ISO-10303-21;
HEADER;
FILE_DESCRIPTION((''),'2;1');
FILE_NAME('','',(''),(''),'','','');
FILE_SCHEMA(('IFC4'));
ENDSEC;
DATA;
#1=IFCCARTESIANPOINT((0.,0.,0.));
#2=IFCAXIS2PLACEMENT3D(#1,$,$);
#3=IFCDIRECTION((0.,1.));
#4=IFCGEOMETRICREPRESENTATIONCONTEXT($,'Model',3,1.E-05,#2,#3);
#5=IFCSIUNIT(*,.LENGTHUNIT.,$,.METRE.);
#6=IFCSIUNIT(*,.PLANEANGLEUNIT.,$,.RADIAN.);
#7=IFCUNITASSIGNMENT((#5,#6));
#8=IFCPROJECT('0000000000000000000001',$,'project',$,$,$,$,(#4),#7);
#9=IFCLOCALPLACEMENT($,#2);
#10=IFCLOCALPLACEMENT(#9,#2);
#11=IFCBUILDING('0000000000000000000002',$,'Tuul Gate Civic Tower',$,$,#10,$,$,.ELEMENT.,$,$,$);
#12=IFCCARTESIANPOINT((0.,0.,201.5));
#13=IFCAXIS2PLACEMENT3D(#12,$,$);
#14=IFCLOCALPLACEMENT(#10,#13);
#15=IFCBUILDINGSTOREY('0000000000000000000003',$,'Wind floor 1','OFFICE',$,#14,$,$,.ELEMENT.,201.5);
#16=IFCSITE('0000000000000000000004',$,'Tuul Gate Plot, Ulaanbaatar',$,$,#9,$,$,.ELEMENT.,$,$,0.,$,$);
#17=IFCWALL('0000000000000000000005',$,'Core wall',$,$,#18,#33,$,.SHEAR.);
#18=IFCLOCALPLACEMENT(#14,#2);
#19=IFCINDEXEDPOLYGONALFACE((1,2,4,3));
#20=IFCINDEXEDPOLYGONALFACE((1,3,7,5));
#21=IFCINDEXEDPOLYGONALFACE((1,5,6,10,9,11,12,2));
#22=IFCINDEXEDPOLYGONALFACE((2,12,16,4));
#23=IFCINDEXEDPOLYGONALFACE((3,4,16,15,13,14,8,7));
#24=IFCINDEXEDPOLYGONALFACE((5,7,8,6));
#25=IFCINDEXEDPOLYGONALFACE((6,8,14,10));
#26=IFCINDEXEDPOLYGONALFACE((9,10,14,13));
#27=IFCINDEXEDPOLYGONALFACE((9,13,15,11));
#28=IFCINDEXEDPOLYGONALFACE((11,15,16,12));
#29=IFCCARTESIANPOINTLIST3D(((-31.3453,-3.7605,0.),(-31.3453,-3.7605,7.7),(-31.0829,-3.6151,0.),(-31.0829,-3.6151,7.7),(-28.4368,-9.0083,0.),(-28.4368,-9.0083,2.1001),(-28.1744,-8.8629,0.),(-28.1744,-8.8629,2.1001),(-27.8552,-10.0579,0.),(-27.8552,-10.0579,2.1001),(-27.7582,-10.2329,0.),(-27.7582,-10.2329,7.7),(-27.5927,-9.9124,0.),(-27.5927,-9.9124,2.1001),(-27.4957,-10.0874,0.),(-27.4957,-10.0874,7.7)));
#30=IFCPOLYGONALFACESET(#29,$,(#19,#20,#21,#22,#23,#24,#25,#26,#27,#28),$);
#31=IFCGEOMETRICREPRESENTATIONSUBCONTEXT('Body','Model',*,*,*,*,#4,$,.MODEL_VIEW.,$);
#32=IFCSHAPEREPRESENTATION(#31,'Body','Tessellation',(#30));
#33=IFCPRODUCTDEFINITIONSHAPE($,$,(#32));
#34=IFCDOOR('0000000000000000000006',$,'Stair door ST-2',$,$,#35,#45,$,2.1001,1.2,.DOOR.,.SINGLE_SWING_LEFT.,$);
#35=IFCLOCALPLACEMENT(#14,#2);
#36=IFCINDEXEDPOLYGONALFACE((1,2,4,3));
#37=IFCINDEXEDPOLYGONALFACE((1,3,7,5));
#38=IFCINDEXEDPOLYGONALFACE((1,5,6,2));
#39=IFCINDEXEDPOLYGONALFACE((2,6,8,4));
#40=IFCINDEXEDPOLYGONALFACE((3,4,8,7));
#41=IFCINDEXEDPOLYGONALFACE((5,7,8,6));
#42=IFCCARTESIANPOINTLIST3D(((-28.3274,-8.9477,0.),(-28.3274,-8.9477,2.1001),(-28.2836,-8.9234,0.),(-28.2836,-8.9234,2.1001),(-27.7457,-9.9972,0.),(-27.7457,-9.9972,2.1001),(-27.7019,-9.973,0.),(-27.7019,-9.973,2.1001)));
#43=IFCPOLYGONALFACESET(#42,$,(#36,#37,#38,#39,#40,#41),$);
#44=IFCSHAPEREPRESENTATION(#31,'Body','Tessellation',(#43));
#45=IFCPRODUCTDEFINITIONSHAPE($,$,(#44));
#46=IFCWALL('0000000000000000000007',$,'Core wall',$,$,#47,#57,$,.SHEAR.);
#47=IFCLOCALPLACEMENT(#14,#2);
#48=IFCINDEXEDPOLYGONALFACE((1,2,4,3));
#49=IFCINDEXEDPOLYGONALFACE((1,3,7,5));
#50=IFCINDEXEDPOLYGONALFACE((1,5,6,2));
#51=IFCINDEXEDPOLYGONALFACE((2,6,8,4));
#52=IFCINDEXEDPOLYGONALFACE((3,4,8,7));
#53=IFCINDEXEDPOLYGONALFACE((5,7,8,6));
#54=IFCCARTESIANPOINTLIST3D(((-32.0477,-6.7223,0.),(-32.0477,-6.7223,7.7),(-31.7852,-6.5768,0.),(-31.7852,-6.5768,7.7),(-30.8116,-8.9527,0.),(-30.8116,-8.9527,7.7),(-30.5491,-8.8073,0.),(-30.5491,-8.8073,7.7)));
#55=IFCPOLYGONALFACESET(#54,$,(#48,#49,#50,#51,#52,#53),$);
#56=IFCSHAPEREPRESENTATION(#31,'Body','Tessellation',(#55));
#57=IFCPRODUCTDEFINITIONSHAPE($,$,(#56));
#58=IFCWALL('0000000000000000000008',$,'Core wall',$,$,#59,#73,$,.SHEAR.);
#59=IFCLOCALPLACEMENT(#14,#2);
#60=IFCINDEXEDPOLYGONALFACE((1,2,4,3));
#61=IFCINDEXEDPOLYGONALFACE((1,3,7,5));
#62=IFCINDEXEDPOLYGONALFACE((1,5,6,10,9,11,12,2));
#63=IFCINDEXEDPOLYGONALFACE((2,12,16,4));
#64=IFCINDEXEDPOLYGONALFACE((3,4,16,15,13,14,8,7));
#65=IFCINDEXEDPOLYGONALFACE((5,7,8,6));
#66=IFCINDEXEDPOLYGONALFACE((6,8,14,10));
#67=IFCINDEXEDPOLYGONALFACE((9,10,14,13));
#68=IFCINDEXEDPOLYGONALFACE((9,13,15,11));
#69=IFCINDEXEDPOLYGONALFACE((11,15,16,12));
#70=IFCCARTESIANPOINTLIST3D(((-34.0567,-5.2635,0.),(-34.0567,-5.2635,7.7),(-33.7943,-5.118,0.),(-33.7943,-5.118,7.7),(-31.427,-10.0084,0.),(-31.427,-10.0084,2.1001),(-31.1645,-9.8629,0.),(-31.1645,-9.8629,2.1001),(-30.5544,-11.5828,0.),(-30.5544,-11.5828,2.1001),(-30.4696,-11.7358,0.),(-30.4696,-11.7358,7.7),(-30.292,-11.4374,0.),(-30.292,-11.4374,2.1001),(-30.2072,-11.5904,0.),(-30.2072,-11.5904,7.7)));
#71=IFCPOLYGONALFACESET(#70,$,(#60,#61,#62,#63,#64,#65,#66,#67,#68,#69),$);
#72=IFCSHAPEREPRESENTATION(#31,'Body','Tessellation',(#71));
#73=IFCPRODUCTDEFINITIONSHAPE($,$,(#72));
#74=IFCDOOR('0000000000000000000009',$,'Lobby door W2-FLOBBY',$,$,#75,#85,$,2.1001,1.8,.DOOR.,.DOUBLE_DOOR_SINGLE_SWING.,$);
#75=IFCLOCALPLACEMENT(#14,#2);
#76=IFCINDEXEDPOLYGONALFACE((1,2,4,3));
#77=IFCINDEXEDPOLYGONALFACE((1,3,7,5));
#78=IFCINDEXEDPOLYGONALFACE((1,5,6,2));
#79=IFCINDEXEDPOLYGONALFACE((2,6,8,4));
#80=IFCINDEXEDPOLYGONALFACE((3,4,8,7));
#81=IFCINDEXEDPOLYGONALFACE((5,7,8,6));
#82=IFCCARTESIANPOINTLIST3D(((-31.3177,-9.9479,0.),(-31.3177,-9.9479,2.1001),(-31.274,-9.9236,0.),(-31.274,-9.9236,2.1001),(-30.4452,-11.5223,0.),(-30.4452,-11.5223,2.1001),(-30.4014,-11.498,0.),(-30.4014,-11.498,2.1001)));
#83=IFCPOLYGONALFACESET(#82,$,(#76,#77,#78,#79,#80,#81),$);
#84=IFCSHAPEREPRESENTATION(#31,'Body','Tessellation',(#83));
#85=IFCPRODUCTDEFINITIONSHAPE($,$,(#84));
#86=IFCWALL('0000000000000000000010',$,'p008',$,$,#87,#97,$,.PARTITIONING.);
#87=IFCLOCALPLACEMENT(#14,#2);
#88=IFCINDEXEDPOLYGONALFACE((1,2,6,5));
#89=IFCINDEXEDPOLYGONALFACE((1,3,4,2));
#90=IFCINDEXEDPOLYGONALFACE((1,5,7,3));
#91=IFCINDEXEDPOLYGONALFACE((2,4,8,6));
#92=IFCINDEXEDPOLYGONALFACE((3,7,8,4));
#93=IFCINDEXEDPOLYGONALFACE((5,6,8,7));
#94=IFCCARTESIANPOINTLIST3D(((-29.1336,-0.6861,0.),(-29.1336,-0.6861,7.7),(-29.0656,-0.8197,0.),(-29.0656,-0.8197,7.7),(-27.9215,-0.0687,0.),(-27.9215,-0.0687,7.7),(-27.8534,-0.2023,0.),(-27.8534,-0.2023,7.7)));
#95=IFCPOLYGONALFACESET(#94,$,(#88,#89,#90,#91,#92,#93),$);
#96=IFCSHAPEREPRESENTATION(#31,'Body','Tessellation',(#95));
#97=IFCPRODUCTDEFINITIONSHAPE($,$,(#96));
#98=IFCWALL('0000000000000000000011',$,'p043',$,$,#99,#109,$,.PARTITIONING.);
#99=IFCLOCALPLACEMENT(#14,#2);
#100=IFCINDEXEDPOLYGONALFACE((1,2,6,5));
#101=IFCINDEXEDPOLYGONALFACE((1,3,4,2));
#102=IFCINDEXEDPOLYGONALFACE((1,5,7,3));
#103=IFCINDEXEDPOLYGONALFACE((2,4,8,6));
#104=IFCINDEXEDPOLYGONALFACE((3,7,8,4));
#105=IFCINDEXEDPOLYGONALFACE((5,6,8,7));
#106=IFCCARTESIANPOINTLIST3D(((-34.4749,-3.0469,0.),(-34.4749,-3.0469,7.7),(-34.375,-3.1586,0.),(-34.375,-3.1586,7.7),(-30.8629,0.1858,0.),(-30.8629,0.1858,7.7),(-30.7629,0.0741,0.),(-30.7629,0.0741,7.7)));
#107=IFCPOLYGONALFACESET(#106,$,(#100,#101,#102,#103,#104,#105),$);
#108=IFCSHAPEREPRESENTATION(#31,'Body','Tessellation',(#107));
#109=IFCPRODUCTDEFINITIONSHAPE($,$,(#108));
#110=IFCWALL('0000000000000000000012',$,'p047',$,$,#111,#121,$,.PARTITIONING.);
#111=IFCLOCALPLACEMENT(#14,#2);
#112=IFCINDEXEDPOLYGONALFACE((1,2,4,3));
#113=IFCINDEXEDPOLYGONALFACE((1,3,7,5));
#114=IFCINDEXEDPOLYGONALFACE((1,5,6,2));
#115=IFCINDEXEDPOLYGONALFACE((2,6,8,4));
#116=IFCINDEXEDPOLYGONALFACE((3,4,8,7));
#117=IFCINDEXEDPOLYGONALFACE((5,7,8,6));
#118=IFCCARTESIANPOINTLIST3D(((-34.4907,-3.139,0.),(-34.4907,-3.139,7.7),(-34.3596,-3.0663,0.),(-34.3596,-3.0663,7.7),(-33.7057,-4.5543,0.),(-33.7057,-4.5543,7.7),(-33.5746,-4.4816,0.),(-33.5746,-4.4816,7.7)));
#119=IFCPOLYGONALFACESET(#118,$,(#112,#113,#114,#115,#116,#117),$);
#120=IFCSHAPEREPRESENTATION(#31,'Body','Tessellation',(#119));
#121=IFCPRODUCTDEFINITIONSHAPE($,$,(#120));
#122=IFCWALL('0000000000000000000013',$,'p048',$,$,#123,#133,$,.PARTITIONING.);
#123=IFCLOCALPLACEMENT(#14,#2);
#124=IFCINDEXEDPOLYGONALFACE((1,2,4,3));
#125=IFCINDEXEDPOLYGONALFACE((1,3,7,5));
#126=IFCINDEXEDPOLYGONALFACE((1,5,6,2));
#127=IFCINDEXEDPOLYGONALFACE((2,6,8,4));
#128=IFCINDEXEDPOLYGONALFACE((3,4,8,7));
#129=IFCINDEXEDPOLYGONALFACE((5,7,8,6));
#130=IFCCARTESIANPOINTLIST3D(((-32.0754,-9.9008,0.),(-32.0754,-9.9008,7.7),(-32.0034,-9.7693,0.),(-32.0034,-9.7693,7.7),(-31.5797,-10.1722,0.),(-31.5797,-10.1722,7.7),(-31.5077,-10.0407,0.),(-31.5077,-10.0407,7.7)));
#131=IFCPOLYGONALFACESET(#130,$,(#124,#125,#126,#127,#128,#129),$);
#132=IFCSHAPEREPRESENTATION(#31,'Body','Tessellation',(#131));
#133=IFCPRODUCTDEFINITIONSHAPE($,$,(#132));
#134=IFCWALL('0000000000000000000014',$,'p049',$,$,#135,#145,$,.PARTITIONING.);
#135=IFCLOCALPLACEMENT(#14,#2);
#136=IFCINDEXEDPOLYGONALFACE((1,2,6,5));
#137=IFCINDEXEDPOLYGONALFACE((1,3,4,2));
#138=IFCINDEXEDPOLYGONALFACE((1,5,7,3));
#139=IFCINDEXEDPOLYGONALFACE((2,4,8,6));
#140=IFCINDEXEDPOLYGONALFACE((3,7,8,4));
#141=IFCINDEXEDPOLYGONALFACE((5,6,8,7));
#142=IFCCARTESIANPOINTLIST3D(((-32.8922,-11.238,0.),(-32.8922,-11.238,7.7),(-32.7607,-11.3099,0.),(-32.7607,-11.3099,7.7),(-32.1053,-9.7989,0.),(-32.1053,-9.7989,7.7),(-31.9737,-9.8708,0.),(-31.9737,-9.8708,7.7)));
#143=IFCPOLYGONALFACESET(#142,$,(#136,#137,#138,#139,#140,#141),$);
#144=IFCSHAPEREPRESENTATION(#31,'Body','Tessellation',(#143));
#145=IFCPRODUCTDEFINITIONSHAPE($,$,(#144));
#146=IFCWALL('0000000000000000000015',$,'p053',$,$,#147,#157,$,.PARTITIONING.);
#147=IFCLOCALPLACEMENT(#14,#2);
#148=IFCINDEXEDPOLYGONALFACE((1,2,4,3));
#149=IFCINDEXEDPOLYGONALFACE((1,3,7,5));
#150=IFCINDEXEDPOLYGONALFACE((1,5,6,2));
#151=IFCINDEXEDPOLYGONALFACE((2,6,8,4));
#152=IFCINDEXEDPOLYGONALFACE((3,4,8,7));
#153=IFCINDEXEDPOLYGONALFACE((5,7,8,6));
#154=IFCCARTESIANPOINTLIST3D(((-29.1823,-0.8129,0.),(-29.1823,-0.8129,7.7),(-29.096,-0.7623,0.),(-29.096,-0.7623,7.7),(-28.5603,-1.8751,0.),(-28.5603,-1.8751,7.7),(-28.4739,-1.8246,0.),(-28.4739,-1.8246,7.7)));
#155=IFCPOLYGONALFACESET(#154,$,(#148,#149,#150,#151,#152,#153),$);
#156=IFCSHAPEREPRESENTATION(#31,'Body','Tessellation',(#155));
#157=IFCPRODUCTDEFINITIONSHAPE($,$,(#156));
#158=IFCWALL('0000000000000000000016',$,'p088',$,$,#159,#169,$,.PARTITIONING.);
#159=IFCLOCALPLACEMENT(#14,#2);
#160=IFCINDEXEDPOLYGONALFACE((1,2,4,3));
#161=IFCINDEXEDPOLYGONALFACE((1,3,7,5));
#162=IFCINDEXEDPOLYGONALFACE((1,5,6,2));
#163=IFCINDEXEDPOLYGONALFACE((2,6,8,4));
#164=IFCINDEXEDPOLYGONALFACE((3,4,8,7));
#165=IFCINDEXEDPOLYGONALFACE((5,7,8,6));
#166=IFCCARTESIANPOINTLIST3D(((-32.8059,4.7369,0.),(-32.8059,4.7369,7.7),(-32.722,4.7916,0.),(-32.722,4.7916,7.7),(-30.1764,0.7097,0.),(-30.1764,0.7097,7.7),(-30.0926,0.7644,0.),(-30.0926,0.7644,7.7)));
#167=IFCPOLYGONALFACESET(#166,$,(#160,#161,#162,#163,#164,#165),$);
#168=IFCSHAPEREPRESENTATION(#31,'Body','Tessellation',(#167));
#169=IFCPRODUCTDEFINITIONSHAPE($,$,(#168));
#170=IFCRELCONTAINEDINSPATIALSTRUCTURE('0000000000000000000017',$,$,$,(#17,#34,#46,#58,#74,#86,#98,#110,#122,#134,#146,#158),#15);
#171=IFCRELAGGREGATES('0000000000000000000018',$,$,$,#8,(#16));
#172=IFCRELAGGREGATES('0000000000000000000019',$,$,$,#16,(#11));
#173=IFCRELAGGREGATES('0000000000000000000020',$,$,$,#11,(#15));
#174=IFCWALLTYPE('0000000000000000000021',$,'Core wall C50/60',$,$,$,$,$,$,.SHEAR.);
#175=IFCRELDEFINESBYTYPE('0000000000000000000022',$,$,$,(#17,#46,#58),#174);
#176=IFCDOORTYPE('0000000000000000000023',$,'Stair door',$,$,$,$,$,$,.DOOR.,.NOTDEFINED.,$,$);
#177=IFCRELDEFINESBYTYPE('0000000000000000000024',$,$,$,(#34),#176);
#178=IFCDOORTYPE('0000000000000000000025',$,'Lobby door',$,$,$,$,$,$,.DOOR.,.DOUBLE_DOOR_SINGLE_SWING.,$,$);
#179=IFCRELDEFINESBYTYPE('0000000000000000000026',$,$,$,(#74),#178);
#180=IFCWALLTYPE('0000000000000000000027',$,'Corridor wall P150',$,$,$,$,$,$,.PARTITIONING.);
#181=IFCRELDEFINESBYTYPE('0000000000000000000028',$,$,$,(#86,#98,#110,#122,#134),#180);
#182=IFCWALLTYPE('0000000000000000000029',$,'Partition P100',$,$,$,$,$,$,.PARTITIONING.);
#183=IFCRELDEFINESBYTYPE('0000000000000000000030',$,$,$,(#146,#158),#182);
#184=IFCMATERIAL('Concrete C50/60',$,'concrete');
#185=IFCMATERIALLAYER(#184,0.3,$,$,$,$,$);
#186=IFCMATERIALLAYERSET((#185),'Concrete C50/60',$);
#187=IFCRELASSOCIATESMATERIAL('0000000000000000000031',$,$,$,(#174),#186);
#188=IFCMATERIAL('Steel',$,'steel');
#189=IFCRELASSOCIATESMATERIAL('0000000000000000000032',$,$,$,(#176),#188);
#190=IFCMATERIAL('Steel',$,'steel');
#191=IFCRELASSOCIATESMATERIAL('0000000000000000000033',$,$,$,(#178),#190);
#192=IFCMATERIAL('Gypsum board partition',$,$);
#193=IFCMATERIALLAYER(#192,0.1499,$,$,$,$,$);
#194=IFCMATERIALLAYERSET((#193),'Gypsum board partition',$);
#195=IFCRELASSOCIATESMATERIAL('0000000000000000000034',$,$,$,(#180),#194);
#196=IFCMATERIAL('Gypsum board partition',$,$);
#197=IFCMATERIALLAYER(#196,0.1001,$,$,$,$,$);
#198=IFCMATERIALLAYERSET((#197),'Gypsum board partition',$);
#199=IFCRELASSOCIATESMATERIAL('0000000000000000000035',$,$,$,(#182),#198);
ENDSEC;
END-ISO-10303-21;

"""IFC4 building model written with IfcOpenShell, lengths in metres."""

from ifc_helpers import new_model, si_unit, direction, frame, frame_2d, origin, place, context, subcontext, project, spatial, rectangle, extrude, material, layer, layer_set, type_object, element, fill, save


model = new_model("IFC4")

# Units and contexts
model_context = context("Model", 3, precision=1e-05, world=origin(), true_north=direction((0.0, 1.0)))
body_context = subcontext(model_context, "Body", "Model", "MODEL_VIEW")
ifc_project = project(units=[si_unit("LENGTHUNIT", "METRE"), si_unit("PLANEANGLEUNIT", "RADIAN")], contexts=[model_context])

# Site, building, storey
site_placement = place(None, origin())
site = spatial("IfcSite", under=ifc_project, at=site_placement, Name="Tuul Gate Plot, Ulaanbaatar", CompositionType="ELEMENT", RefElevation=0.0)
building_placement = place(site_placement, origin())
building = spatial("IfcBuilding", under=site, at=building_placement, Name="Tuul Gate Civic Tower", CompositionType="ELEMENT")
storey_placement = place(building_placement, frame((0.0, 0.0, 201.5)))
storey = spatial("IfcBuildingStorey", under=building, at=storey_placement, Name="Wind floor 1", Description="OFFICE", CompositionType="ELEMENT", Elevation=201.5)

# Shared definitions
ifc_material_1 = material(Name="Concrete C50/60", Category="concrete")
ifc_layer_1 = layer(ifc_material_1, 0.3)
ifc_layer_set_1 = layer_set([ifc_layer_1], Name="Concrete C50/60")
wall_type_1 = type_object("IfcWallType", Name="Core wall C50/60", PredefinedType="SHEAR", material=ifc_layer_set_1)

# Wall, opening, door
wall_1_placement = place(storey_placement, frame((-27.627, -10.1602, 0.0), z_axis=(0.0, 0.0, 1.0), x_axis=(-0.484752, 0.874652, 0.0)))
wall_1 = element("IfcWall", 1, at=wall_1_placement, inside=storey, type_object=wall_type_1, Name="Core wall", PredefinedType="SHEAR", context=body_context, shape_type="SweptSolid", body=[
    extrude(rectangle(XDim=7.3999, YDim=0.3, at=frame_2d((3.7, 0.0))), origin(), (0.0, 0.0, 1.0), 7.7),
])
opening_1_placement = place(wall_1_placement, frame((0.2, 0.0, 0.0)))
opening_1 = element("IfcOpeningElement", 2, at=opening_1_placement, cuts=wall_1, PredefinedType="OPENING", context=body_context, shape_type="SweptSolid", body=[
    extrude(rectangle(XDim=1.2, YDim=2.1001, at=frame_2d((0.6001, 1.05))), frame((0.0, 0.1602, 0.0), z_axis=(0.0, -1.0, 0.0), x_axis=(1.0, 0.0, 0.0)), (0.0, 0.0, 1.0), 0.3201),
])
ifc_material_2 = material(Name="Steel", Category="steel")
door_type_1 = type_object("IfcDoorType", Name="Stair door", OperationType="NOTDEFINED", PredefinedType="DOOR", material=ifc_material_2)
door_1_placement = place(opening_1_placement, origin())
door_1 = element("IfcDoor", 3, at=door_1_placement, inside=storey, type_object=door_type_1, Name="Stair door ST-2", OperationType="SINGLE_SWING_LEFT", OverallHeight=2.1001, OverallWidth=1.2, PredefinedType="DOOR", context=body_context, shape_type="SweptSolid", body=[
    extrude(rectangle(XDim=1.2, YDim=2.1001, at=frame_2d((0.6001, 1.05))), frame((0.0, 0.0249, 0.0), z_axis=(0.0, -1.0, 0.0), x_axis=(1.0, 0.0, 0.0)), (0.0, 0.0, 1.0), 0.05),
])
fill(opening_1, door_1)

# Wall
wall_2_placement = place(storey_placement, frame((-30.6804, -8.8799, 0.0), z_axis=(0.0, 0.0, 1.0), x_axis=(-0.484724, 0.874667, 0.0)))
element("IfcWall", 4, at=wall_2_placement, inside=storey, type_object=wall_type_1, Name="Core wall", PredefinedType="SHEAR", context=body_context, shape_type="SweptSolid", body=[
    extrude(rectangle(XDim=2.55, YDim=0.3, at=frame_2d((1.2749, 0.0))), origin(), (0.0, 0.0, 1.0), 7.7),
])

# Wall, opening, door
wall_3_placement = place(storey_placement, frame((-30.3384, -11.6631, 0.0), z_axis=(0.0, 0.0, 1.0), x_axis=(-0.484752, 0.874652, 0.0)))
wall_3 = element("IfcWall", 5, at=wall_3_placement, inside=storey, type_object=wall_type_1, Name="Core wall", PredefinedType="SHEAR", context=body_context, shape_type="SweptSolid", body=[
    extrude(rectangle(XDim=7.3999, YDim=0.3, at=frame_2d((3.7, 0.0))), origin(), (0.0, 0.0, 1.0), 7.7),
])
opening_2_placement = place(wall_3_placement, frame((0.175, 0.0, 0.0)))
opening_2 = element("IfcOpeningElement", 6, at=opening_2_placement, cuts=wall_3, PredefinedType="OPENING", context=body_context, shape_type="SweptSolid", body=[
    extrude(rectangle(XDim=1.8, YDim=2.1001, at=frame_2d((0.8999, 1.05))), frame((0.0, 0.1602, 0.0), z_axis=(0.0, -1.0, 0.0), x_axis=(1.0, 0.0, 0.0)), (0.0, 0.0, 1.0), 0.3201),
])
ifc_material_3 = material(Name="Steel", Category="steel")
door_type_2 = type_object("IfcDoorType", Name="Lobby door", OperationType="DOUBLE_DOOR_SINGLE_SWING", PredefinedType="DOOR", material=ifc_material_3)
door_2_placement = place(opening_2_placement, frame((1.8, 0.0, 0.0), z_axis=(0.0, 0.0, 1.0), x_axis=(-1.0, 0.0, 0.0)))
door_2 = element("IfcDoor", 7, at=door_2_placement, inside=storey, type_object=door_type_2, Name="Lobby door W2-FLOBBY", OperationType="DOUBLE_DOOR_SINGLE_SWING", OverallHeight=2.1001, OverallWidth=1.8, PredefinedType="DOOR", context=body_context, shape_type="SweptSolid", body=[
    extrude(rectangle(XDim=1.8, YDim=2.1001, at=frame_2d((0.9001, 1.05))), frame((0.0, 0.0249, 0.0), z_axis=(0.0, -1.0, 0.0), x_axis=(1.0, 0.0, 0.0)), (0.0, 0.0, 1.0), 0.05),
])
fill(opening_2, door_2)

# Walls
ifc_material_4 = material(Name="Gypsum board partition")
ifc_layer_2 = layer(ifc_material_4, 0.1499)
ifc_layer_set_2 = layer_set([ifc_layer_2], Name="Gypsum board partition")
wall_type_2 = type_object("IfcWallType", Name="Corridor wall P150", PredefinedType="PARTITIONING", material=ifc_layer_set_2)
wall_4_placement = place(storey_placement, frame((-29.0996, -0.7529, 0.0), z_axis=(0.0, 0.0, 1.0), x_axis=(0.891064, 0.453877, 0.0)))
element("IfcWall", 8, at=wall_4_placement, inside=storey, type_object=wall_type_2, Name="p008", PredefinedType="PARTITIONING", context=body_context, shape_type="SweptSolid", body=[
    extrude(rectangle(XDim=1.3604, YDim=0.1499, at=frame_2d((0.6802, 0.0))), origin(), (0.0, 0.0, 1.0), 7.7),
])
wall_5_placement = place(storey_placement, frame((-34.425, -3.1028, 0.0), z_axis=(0.0, 0.0, 1.0), x_axis=(0.745157, 0.666889, 0.0)))
element("IfcWall", 9, at=wall_5_placement, inside=storey, type_object=wall_type_2, Name="p043", PredefinedType="PARTITIONING", context=body_context, shape_type="SweptSolid", body=[
    extrude(rectangle(XDim=4.8474, YDim=0.1499, at=frame_2d((2.4238, 0.0))), origin(), (0.0, 0.0, 1.0), 7.7),
])
wall_6_placement = place(storey_placement, frame((-34.425, -3.1028, 0.0), z_axis=(0.0, 0.0, 1.0), x_axis=(0.485002, -0.874513, 0.0)))
element("IfcWall", 10, at=wall_6_placement, inside=storey, type_object=wall_type_2, Name="p047", PredefinedType="PARTITIONING", context=body_context, shape_type="SweptSolid", body=[
    extrude(rectangle(XDim=1.6184, YDim=0.1499, at=frame_2d((0.8091, 0.0))), origin(), (0.0, 0.0, 1.0), 7.7),
])
wall_7_placement = place(storey_placement, frame((-32.0396, -9.835, 0.0), z_axis=(0.0, 0.0, 1.0), x_axis=(0.877135, -0.480243, 0.0)))
element("IfcWall", 11, at=wall_7_placement, inside=storey, type_object=wall_type_2, Name="p048", PredefinedType="PARTITIONING", context=body_context, shape_type="SweptSolid", body=[
    extrude(rectangle(XDim=0.5652, YDim=0.1499, at=frame_2d((0.2827, 0.0))), origin(), (0.0, 0.0, 1.0), 7.7),
])
wall_8_placement = place(storey_placement, frame((-32.8264, -11.2739, 0.0), z_axis=(0.0, 0.0, 1.0), x_axis=(0.47978, 0.877389, 0.0)))
element("IfcWall", 12, at=wall_8_placement, inside=storey, type_object=wall_type_2, Name="p049", PredefinedType="PARTITIONING", context=body_context, shape_type="SweptSolid", body=[
    extrude(rectangle(XDim=1.6401, YDim=0.1499, at=frame_2d((0.8201, 0.0))), origin(), (0.0, 0.0, 1.0), 7.7),
])
ifc_material_5 = material(Name="Gypsum board partition")
ifc_layer_3 = layer(ifc_material_5, 0.1001)
ifc_layer_set_3 = layer_set([ifc_layer_3], Name="Gypsum board partition")
wall_type_3 = type_object("IfcWallType", Name="Partition P100", PredefinedType="PARTITIONING", material=ifc_layer_set_3)
wall_9_placement = place(storey_placement, frame((-28.5171, -1.8499, 0.0), z_axis=(0.0, 0.0, 1.0), x_axis=(-0.505338, 0.862922, 0.0)))
element("IfcWall", 13, at=wall_9_placement, inside=storey, type_object=wall_type_3, Name="p053", PredefinedType="PARTITIONING", context=body_context, shape_type="SweptSolid", body=[
    extrude(rectangle(XDim=1.231, YDim=0.1001, at=frame_2d((0.6155, 0.0))), origin(), (0.0, 0.0, 1.0), 7.7),
])
wall_10_placement = place(storey_placement, frame((-30.1345, 0.7371, 0.0), z_axis=(0.0, 0.0, 1.0), x_axis=(-0.546709, 0.837323, 0.0)))
element("IfcWall", 14, at=wall_10_placement, inside=storey, type_object=wall_type_3, Name="p088", PredefinedType="PARTITIONING", context=body_context, shape_type="SweptSolid", body=[
    extrude(rectangle(XDim=4.8096, YDim=0.1001, at=frame_2d((2.4048, 0.0))), origin(), (0.0, 0.0, 1.0), 7.7),
])

save(model, "model.ifc")
